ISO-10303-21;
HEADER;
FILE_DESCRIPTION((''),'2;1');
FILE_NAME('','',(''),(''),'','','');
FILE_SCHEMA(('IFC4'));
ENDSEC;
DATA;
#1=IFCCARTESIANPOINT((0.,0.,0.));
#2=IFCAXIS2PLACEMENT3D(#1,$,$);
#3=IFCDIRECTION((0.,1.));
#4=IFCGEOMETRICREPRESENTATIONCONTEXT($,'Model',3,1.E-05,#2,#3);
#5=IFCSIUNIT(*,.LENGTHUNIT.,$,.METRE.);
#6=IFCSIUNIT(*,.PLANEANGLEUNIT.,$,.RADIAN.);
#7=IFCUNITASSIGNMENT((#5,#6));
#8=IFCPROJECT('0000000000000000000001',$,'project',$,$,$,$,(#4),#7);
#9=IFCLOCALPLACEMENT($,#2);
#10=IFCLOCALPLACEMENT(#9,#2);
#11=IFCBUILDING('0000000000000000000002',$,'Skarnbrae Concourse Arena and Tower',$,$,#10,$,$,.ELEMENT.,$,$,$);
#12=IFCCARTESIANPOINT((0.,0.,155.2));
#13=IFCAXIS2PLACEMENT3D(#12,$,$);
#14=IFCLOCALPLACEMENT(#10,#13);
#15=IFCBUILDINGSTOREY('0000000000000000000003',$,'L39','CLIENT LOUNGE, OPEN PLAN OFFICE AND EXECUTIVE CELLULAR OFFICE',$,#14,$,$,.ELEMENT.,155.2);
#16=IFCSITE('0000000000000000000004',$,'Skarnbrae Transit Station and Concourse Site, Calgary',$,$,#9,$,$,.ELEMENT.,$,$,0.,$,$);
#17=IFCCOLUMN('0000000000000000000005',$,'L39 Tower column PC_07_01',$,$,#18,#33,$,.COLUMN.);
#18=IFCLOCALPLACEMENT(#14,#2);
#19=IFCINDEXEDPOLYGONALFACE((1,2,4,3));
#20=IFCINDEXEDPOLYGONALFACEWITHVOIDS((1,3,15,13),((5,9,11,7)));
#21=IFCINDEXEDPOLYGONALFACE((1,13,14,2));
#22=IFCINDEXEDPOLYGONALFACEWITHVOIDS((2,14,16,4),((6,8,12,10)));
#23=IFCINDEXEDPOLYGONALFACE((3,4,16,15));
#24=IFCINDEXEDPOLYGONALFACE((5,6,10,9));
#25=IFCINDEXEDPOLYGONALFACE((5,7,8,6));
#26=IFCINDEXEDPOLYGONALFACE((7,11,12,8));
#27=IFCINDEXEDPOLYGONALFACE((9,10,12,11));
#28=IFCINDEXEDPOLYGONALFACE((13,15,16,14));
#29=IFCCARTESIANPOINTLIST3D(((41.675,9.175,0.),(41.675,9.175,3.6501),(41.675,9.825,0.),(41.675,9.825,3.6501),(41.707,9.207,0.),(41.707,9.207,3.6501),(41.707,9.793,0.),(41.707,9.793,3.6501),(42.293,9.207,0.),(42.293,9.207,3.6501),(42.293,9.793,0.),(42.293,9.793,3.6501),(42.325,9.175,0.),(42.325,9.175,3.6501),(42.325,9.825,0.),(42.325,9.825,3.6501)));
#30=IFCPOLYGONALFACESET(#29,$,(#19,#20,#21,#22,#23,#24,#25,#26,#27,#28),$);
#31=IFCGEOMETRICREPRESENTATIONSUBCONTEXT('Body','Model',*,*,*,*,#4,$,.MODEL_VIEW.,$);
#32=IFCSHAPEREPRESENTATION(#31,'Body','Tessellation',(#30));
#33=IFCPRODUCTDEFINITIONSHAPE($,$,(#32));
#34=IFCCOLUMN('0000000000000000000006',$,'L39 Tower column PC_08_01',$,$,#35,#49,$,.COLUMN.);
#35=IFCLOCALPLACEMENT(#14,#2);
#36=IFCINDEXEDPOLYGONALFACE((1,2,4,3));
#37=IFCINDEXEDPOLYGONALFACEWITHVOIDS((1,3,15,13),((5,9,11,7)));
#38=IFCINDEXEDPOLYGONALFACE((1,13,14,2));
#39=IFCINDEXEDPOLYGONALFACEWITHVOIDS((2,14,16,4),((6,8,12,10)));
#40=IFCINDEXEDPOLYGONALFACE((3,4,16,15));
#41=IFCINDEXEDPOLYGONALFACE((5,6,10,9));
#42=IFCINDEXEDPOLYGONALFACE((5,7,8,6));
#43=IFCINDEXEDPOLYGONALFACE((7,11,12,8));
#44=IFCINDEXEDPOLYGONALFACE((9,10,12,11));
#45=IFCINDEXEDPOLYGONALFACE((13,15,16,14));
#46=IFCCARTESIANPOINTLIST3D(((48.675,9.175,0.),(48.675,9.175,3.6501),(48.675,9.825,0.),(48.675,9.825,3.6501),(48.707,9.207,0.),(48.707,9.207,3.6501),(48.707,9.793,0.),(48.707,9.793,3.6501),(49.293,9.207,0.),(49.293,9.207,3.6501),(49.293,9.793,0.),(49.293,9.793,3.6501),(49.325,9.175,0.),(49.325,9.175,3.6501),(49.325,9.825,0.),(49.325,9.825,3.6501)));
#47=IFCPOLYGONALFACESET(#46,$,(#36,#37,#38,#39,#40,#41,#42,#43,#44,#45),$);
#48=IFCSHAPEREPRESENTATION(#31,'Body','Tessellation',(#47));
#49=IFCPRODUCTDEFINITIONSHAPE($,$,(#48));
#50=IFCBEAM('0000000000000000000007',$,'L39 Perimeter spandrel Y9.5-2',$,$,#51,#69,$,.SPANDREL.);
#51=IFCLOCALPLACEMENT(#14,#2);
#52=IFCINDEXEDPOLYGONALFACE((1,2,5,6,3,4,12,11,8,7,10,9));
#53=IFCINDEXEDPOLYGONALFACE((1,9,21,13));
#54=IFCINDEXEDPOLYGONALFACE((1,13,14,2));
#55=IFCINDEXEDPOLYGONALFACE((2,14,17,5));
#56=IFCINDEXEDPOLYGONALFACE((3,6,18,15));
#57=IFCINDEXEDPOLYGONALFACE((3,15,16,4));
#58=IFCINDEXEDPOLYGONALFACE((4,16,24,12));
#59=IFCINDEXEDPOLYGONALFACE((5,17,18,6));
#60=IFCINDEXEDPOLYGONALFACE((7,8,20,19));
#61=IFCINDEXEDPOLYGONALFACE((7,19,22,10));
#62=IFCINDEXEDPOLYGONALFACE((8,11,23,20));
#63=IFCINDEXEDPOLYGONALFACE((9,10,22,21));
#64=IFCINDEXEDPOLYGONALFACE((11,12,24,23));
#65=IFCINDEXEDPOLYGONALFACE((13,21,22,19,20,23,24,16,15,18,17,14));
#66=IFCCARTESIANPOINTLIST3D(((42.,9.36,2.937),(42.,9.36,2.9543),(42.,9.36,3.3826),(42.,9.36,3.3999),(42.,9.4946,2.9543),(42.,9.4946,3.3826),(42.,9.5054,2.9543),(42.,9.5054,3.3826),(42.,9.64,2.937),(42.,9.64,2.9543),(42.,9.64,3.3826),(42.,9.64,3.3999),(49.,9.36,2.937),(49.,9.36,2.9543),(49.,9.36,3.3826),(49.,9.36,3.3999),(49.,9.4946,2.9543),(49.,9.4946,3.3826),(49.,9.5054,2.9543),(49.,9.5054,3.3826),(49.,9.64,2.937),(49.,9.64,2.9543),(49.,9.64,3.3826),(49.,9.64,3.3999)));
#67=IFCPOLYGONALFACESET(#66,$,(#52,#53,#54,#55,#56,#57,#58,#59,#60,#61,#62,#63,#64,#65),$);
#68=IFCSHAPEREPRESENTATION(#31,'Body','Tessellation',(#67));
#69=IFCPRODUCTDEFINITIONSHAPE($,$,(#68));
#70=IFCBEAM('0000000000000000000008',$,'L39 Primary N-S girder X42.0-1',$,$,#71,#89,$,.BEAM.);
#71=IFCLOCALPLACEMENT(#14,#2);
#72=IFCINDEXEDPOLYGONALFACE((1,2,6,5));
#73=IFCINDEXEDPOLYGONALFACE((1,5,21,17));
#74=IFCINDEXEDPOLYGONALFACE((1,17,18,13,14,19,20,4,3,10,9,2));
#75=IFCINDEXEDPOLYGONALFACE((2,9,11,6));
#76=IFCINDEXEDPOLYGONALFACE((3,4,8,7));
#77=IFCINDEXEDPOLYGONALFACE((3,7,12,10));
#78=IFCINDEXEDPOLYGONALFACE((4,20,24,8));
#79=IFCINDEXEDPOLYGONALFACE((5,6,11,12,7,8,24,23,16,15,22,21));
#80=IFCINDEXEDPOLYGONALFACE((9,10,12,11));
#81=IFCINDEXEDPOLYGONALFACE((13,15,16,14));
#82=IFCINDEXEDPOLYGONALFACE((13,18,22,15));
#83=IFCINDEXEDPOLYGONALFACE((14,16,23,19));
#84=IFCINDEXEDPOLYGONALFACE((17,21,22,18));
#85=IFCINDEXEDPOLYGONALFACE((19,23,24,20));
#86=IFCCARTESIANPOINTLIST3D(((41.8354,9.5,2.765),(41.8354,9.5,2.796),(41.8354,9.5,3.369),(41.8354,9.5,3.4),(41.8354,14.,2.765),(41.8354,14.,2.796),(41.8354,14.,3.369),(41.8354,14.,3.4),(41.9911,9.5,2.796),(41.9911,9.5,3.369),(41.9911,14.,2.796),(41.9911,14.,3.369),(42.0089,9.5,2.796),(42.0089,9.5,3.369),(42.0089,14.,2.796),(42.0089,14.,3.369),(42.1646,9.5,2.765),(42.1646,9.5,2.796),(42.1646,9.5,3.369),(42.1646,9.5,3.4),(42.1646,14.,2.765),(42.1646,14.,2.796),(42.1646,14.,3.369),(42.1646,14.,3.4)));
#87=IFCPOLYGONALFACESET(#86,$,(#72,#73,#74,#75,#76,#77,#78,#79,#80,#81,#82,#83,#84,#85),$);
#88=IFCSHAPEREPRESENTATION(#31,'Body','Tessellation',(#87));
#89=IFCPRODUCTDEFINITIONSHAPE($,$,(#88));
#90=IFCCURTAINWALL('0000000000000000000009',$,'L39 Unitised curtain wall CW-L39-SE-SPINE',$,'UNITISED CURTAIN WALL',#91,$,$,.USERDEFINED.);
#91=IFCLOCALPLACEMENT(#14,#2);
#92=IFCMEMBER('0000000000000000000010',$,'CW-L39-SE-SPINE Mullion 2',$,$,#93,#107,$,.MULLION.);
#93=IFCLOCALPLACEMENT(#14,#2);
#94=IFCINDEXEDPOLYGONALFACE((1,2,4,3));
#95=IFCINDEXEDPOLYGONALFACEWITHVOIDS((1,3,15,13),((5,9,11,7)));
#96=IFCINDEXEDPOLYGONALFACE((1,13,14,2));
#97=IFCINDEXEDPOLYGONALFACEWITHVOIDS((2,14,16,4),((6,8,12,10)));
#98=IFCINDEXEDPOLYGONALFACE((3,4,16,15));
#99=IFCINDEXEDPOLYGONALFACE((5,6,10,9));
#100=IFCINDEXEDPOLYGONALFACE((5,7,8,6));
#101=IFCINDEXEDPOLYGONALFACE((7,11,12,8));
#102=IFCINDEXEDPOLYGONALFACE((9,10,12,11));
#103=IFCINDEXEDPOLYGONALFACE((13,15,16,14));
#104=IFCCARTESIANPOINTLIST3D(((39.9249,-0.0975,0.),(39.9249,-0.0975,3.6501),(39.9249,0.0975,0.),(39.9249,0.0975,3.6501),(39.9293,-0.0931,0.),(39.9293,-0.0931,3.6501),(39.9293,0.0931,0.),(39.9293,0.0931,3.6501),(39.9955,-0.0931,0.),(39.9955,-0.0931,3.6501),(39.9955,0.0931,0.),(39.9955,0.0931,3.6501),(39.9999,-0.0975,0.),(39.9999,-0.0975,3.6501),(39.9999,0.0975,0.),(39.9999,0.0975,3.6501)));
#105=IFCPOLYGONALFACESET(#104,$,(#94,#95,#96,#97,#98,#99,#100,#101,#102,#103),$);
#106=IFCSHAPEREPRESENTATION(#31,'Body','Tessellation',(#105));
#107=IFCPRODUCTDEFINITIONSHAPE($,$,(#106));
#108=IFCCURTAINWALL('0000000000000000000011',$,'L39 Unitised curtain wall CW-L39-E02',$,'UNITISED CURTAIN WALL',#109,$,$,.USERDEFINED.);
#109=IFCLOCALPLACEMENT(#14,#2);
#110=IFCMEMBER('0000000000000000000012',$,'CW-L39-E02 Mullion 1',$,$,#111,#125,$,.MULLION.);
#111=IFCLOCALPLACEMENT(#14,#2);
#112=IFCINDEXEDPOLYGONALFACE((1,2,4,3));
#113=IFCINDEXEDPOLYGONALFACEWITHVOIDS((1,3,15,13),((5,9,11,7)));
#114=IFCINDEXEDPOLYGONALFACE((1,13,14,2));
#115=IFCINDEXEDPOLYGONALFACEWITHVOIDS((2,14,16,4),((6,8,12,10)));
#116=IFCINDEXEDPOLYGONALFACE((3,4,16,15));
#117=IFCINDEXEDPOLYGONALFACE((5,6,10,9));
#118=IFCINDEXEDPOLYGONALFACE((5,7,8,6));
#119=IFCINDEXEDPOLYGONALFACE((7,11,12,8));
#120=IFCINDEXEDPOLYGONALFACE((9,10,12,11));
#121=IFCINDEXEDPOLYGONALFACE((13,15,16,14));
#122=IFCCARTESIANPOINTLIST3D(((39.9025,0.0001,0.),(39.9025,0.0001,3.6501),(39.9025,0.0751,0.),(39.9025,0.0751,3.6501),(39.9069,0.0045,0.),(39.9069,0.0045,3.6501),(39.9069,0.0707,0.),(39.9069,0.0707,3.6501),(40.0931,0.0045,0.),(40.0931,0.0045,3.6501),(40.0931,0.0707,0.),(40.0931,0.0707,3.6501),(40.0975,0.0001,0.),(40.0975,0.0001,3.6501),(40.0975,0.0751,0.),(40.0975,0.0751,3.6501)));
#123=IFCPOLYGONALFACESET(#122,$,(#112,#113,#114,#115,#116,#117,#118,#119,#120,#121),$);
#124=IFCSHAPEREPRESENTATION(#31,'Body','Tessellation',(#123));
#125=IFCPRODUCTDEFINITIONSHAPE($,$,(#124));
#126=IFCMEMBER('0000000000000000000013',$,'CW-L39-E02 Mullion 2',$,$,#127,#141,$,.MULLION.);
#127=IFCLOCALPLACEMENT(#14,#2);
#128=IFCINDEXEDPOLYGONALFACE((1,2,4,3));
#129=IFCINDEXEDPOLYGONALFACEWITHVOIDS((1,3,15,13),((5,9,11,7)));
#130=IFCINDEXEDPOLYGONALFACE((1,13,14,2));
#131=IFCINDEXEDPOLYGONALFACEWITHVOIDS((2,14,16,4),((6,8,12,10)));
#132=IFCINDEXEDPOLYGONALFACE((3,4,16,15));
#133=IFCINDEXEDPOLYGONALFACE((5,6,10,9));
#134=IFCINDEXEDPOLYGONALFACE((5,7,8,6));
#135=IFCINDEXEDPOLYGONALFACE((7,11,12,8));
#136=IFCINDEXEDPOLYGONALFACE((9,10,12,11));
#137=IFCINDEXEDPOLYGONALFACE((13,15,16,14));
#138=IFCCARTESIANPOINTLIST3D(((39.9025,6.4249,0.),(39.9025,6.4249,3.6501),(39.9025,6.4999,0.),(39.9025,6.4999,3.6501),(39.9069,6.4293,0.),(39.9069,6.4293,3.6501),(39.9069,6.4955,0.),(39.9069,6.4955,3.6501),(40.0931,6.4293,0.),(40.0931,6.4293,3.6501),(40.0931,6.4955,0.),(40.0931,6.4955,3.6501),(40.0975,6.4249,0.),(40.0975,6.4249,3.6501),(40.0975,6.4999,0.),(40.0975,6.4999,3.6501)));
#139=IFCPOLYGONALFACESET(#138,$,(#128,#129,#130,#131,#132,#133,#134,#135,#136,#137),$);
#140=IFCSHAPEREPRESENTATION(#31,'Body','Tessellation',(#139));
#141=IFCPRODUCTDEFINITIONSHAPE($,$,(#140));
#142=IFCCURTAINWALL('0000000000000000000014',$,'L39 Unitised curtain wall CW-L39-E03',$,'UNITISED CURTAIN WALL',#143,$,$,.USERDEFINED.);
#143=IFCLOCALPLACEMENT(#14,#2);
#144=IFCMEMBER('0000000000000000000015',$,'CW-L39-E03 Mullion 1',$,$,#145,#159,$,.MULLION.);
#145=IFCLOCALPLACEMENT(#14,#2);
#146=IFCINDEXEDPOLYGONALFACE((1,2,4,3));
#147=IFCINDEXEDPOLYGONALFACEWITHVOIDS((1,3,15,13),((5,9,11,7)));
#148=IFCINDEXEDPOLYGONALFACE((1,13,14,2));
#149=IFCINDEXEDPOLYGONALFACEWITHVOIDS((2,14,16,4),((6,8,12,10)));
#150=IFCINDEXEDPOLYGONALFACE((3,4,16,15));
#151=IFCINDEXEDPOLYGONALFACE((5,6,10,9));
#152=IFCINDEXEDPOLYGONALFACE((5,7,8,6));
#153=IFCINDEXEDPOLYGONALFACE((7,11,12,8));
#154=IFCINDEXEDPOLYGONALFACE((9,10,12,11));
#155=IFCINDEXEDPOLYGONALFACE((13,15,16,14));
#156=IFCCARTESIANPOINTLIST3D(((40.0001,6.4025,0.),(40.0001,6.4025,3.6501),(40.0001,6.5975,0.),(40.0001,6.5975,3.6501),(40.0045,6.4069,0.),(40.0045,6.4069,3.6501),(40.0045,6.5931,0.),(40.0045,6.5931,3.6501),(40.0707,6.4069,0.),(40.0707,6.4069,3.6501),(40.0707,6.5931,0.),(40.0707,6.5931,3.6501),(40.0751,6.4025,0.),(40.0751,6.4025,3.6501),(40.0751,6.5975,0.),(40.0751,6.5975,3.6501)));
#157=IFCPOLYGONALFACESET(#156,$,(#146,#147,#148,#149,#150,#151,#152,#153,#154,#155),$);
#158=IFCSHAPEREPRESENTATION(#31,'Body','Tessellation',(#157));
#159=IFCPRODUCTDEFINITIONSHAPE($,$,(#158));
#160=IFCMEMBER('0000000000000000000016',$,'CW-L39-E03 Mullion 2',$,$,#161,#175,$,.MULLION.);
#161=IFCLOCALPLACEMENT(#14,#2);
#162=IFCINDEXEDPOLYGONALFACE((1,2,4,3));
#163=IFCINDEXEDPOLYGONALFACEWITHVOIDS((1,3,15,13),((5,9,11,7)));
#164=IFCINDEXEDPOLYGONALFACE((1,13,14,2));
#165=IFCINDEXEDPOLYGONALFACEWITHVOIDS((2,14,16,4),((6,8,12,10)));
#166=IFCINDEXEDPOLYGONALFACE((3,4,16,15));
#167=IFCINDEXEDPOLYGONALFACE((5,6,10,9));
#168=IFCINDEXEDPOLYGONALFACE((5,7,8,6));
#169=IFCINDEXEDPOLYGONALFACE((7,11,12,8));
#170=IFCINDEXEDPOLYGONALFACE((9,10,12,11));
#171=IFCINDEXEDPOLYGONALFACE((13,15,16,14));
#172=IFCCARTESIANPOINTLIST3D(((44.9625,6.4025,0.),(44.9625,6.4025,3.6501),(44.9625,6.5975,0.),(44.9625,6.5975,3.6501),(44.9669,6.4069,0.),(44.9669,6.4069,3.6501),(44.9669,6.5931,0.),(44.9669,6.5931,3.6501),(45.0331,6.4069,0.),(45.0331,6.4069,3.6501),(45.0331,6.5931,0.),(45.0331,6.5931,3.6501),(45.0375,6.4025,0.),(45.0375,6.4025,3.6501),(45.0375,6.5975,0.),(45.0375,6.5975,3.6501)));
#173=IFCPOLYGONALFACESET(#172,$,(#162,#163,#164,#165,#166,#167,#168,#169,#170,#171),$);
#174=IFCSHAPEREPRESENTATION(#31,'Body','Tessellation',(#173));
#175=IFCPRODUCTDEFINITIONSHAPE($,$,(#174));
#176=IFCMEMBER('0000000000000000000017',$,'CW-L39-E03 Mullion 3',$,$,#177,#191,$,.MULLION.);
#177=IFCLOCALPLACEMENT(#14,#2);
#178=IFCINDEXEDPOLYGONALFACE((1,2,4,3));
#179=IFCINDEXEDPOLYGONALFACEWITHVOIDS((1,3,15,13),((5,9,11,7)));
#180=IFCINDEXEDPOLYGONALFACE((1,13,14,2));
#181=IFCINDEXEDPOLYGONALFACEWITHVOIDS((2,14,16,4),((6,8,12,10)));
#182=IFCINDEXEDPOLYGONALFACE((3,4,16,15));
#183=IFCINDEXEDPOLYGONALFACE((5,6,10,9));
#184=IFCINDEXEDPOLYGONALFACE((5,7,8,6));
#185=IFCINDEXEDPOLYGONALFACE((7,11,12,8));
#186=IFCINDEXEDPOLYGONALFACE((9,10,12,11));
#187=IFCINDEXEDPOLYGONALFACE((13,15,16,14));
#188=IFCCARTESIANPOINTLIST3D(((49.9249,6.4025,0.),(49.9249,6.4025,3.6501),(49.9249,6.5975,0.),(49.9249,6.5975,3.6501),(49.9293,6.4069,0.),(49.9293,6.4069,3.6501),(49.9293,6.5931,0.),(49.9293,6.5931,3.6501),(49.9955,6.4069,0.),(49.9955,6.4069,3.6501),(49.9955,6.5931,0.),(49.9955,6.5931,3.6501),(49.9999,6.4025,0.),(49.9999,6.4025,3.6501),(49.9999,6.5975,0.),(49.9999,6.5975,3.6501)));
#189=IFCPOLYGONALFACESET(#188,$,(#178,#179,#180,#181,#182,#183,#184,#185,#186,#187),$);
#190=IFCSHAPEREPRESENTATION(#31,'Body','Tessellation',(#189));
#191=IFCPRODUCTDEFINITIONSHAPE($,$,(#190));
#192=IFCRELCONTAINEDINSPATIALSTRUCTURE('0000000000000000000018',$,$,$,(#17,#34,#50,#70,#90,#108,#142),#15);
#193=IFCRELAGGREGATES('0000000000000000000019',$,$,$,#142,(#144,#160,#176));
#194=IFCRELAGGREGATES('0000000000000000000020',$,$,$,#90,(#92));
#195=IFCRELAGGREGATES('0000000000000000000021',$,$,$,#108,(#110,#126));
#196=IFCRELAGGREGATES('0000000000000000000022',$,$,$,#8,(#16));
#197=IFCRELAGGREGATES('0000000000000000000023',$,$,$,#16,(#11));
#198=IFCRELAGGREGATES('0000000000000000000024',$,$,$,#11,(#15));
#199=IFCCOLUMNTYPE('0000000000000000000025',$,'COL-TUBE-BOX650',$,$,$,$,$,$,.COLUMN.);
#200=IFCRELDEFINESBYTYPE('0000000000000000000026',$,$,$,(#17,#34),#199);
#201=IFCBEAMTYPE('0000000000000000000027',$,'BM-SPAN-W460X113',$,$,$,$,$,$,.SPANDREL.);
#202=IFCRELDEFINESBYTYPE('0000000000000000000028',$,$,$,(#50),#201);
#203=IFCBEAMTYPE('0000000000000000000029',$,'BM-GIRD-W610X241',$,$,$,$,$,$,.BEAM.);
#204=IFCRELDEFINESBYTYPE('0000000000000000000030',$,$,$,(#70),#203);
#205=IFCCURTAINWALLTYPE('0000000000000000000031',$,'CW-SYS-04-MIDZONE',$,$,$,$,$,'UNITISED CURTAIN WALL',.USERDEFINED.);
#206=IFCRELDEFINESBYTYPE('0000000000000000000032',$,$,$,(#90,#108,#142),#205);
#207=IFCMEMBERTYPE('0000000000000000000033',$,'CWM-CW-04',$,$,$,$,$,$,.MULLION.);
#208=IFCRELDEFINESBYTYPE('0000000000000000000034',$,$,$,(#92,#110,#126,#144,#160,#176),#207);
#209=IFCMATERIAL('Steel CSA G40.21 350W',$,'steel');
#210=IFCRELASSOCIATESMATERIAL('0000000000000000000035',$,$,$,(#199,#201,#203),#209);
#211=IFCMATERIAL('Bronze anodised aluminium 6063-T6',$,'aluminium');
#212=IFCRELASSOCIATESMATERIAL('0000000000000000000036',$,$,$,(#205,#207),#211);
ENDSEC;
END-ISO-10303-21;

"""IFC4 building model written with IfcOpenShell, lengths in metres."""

from ifc_helpers import new_model, si_unit, direction, frame, origin, origin_2d, place, context, subcontext, project, spatial, hollow_rectangle, i_section, extrude, source, transform, mapped, material, material_profile, profile_set, type_object, element, aggregate, save


model = new_model("IFC4")

# Units and contexts
model_context = context("Model", 3, precision=1e-05, world=origin(), true_north=direction((0.0, 1.0)))
body_context = subcontext(model_context, "Body", "Model", "MODEL_VIEW")
ifc_project = project(units=[si_unit("LENGTHUNIT", "METRE"), si_unit("PLANEANGLEUNIT", "RADIAN")], contexts=[model_context])

# Site, building, storey
site_placement = place(None, origin())
site = spatial("IfcSite", under=ifc_project, at=site_placement, Name="Skarnbrae Transit Station and Concourse Site, Calgary", CompositionType="ELEMENT", RefElevation=0.0)
building_placement = place(site_placement, origin())
building = spatial("IfcBuilding", under=site, at=building_placement, Name="Skarnbrae Concourse Arena and Tower", CompositionType="ELEMENT")
storey_placement = place(building_placement, frame((0.0, 0.0, 155.2)))
storey = spatial("IfcBuildingStorey", under=building, at=storey_placement, Name="L39", Description="CLIENT LOUNGE, OPEN PLAN OFFICE AND EXECUTIVE CELLULAR OFFICE", CompositionType="ELEMENT", Elevation=155.2)

# Columns
ifc_material_1 = material(Name="Steel CSA G40.21 350W", Category="steel")
ifc_material_profile_1 = material_profile(ifc_material_1, hollow_rectangle(XDim=0.6499, YDim=0.6499, WallThickness=0.032, at=origin_2d()), Name="BOX650X650X32")
ifc_profile_set_1 = profile_set([ifc_material_profile_1], Name="Steel CSA G40.21 350W")
column_type = type_object("IfcColumnType", Name="COL-TUBE-BOX650", PredefinedType="COLUMN", material=ifc_profile_set_1)
shared_shape_1 = source(origin(), body_context, "Body", "SweptSolid", [
    extrude(hollow_rectangle(XDim=0.6499, YDim=0.6499, WallThickness=0.032, at=origin_2d()), origin(), (0.0, 0.0, 1.0), 3.6501),
])
for number, where, z_axis, x_axis, name in (
    (1, (42.0, 9.5, 0.0), (0.0, 0.0, 1.0), (1.0, 0.0, 0.0), "L39 Tower column PC_07_01"),
    (2, (49.0, 9.5, 0.0), (0.0, 0.0, 1.0), (1.0, 0.0, 0.0), "L39 Tower column PC_08_01"),
):
    element("IfcColumn", number, at=place(storey_placement, frame(where, z_axis=z_axis, x_axis=x_axis)), inside=storey, type_object=column_type, Name=name, PredefinedType="COLUMN", context=body_context, shape_type="MappedRepresentation", body=[
        mapped(shared_shape_1, transform((0.0, 0.0, 0.0))),
    ])

# Beams
ifc_material_profile_2 = material_profile(ifc_material_1, i_section(OverallWidth=0.28, OverallDepth=0.4629, WebThickness=0.0107, FlangeThickness=0.0173, at=origin_2d()), Name="W460X113")
ifc_profile_set_2 = profile_set([ifc_material_profile_2], Name="Steel CSA G40.21 350W")
beam_type_1 = type_object("IfcBeamType", Name="BM-SPAN-W460X113", PredefinedType="SPANDREL", material=ifc_profile_set_2)
shared_shape_2 = source(origin(), body_context, "Body", "SweptSolid", [
    extrude(i_section(OverallWidth=0.28, OverallDepth=0.4629, WebThickness=0.0107, FlangeThickness=0.0173, at=origin_2d()), origin(), (0.0, 0.0, 1.0), 7.0),
])
beam_1_placement = place(storey_placement, frame((42.0, 9.5, 3.1685), z_axis=(1.0, 0.0, 0.0), x_axis=(0.0, 1.0, 0.0)))
element("IfcBeam", 3, at=beam_1_placement, inside=storey, type_object=beam_type_1, Name="L39 Perimeter spandrel Y9.5-2", PredefinedType="SPANDREL", context=body_context, shape_type="MappedRepresentation", body=[
    mapped(shared_shape_2, transform((0.0, 0.0, 0.0))),
])
ifc_material_profile_3 = material_profile(ifc_material_1, i_section(OverallWidth=0.3291, OverallDepth=0.635, WebThickness=0.0178, FlangeThickness=0.031, at=origin_2d()), Name="W610X241")
ifc_profile_set_3 = profile_set([ifc_material_profile_3], Name="Steel CSA G40.21 350W")
beam_type_2 = type_object("IfcBeamType", Name="BM-GIRD-W610X241", PredefinedType="BEAM", material=ifc_profile_set_3)
shared_shape_3 = source(origin(), body_context, "Body", "SweptSolid", [
    extrude(i_section(OverallWidth=0.3291, OverallDepth=0.635, WebThickness=0.0178, FlangeThickness=0.031, at=origin_2d()), origin(), (0.0, 0.0, 1.0), 4.5),
])
beam_2_placement = place(storey_placement, frame((42.0, 9.5, 3.0825), z_axis=(0.0, 1.0, 0.0), x_axis=(-1.0, 0.0, 0.0)))
element("IfcBeam", 4, at=beam_2_placement, inside=storey, type_object=beam_type_2, Name="L39 Primary N-S girder X42.0-1", PredefinedType="BEAM", context=body_context, shape_type="MappedRepresentation", body=[
    mapped(shared_shape_3, transform((0.0, 0.0, 0.0))),
])

# Curtain wall, member
ifc_material_2 = material(Name="Bronze anodised aluminium 6063-T6", Category="aluminium")
curtain_wall_type = type_object("IfcCurtainWallType", Name="CW-SYS-04-MIDZONE", ElementType="UNITISED CURTAIN WALL", PredefinedType="USERDEFINED", material=ifc_material_2)
curtain_wall_1_placement = place(storey_placement, origin())
curtain_wall_1 = element("IfcCurtainWall", 5, at=curtain_wall_1_placement, inside=storey, type_object=curtain_wall_type, Name="L39 Unitised curtain wall CW-L39-SE-SPINE", ObjectType="UNITISED CURTAIN WALL", PredefinedType="USERDEFINED")
ifc_material_profile_4 = material_profile(ifc_material_2, hollow_rectangle(XDim=0.075, YDim=0.1951, WallThickness=0.0044, at=origin_2d()), Name="ALU-MULL-75X195")
ifc_profile_set_4 = profile_set([ifc_material_profile_4], Name="Bronze anodised aluminium 6063-T6")
member_type_1 = type_object("IfcMemberType", Name="CWM-CW-04", PredefinedType="MULLION", material=ifc_profile_set_4)
shared_shape_4 = source(origin(), body_context, "Body", "SweptSolid", [
    extrude(hollow_rectangle(XDim=0.075, YDim=0.1951, WallThickness=0.0044, at=origin_2d()), origin(), (0.0, 0.0, 1.0), 3.6501),
])
member_1_placement = place(storey_placement, frame((39.9624, 0.0, 0.0), z_axis=(0.0, 0.0, 1.0), x_axis=(1.0, 0.0, 0.0)))
member_1 = element("IfcMember", 6, at=member_1_placement, type_object=member_type_1, Name="CW-L39-SE-SPINE Mullion 2", PredefinedType="MULLION", context=body_context, shape_type="MappedRepresentation", body=[
    mapped(shared_shape_4, transform((0.0, 0.0, 0.0))),
])

# Curtain walls, members
curtain_wall_2_placement = place(storey_placement, origin())
curtain_wall_2 = element("IfcCurtainWall", 7, at=curtain_wall_2_placement, inside=storey, type_object=curtain_wall_type, Name="L39 Unitised curtain wall CW-L39-E02", ObjectType="UNITISED CURTAIN WALL", PredefinedType="USERDEFINED")
member_2_placement = place(storey_placement, frame((40.0, 0.0376, 0.0), z_axis=(0.0, 0.0, 1.0), x_axis=(0.0, 1.0, 0.0)))
member_2 = element("IfcMember", 8, at=member_2_placement, type_object=member_type_1, Name="CW-L39-E02 Mullion 1", PredefinedType="MULLION", context=body_context, shape_type="MappedRepresentation", body=[
    mapped(shared_shape_4, transform((0.0, 0.0, 0.0))),
])
member_3_placement = place(storey_placement, frame((40.0, 6.4624, 0.0), z_axis=(0.0, 0.0, 1.0), x_axis=(0.0, 1.0, 0.0)))
member_3 = element("IfcMember", 9, at=member_3_placement, type_object=member_type_1, Name="CW-L39-E02 Mullion 2", PredefinedType="MULLION", context=body_context, shape_type="MappedRepresentation", body=[
    mapped(shared_shape_4, transform((0.0, 0.0, 0.0))),
])
curtain_wall_3_placement = place(storey_placement, origin())
curtain_wall_3 = element("IfcCurtainWall", 10, at=curtain_wall_3_placement, inside=storey, type_object=curtain_wall_type, Name="L39 Unitised curtain wall CW-L39-E03", ObjectType="UNITISED CURTAIN WALL", PredefinedType="USERDEFINED")
member_4_placement = place(storey_placement, frame((40.0376, 6.5, 0.0), z_axis=(0.0, 0.0, 1.0), x_axis=(1.0, 0.0, 0.0)))
member_4 = element("IfcMember", 11, at=member_4_placement, type_object=member_type_1, Name="CW-L39-E03 Mullion 1", PredefinedType="MULLION", context=body_context, shape_type="MappedRepresentation", body=[
    mapped(shared_shape_4, transform((0.0, 0.0, 0.0))),
])
member_5_placement = place(storey_placement, frame((45.0, 6.5, 0.0), z_axis=(0.0, 0.0, 1.0), x_axis=(1.0, 0.0, 0.0)))
member_5 = element("IfcMember", 12, at=member_5_placement, type_object=member_type_1, Name="CW-L39-E03 Mullion 2", PredefinedType="MULLION", context=body_context, shape_type="MappedRepresentation", body=[
    mapped(shared_shape_4, transform((0.0, 0.0, 0.0))),
])
member_6_placement = place(storey_placement, frame((49.9624, 6.5, 0.0), z_axis=(0.0, 0.0, 1.0), x_axis=(1.0, 0.0, 0.0)))
member_6 = element("IfcMember", 13, at=member_6_placement, type_object=member_type_1, Name="CW-L39-E03 Mullion 3", PredefinedType="MULLION", context=body_context, shape_type="MappedRepresentation", body=[
    mapped(shared_shape_4, transform((0.0, 0.0, 0.0))),
])

aggregate(curtain_wall_3, [member_4, member_5, member_6])
aggregate(curtain_wall_1, [member_1])
aggregate(curtain_wall_2, [member_2, member_3])

save(model, "model.ifc")
